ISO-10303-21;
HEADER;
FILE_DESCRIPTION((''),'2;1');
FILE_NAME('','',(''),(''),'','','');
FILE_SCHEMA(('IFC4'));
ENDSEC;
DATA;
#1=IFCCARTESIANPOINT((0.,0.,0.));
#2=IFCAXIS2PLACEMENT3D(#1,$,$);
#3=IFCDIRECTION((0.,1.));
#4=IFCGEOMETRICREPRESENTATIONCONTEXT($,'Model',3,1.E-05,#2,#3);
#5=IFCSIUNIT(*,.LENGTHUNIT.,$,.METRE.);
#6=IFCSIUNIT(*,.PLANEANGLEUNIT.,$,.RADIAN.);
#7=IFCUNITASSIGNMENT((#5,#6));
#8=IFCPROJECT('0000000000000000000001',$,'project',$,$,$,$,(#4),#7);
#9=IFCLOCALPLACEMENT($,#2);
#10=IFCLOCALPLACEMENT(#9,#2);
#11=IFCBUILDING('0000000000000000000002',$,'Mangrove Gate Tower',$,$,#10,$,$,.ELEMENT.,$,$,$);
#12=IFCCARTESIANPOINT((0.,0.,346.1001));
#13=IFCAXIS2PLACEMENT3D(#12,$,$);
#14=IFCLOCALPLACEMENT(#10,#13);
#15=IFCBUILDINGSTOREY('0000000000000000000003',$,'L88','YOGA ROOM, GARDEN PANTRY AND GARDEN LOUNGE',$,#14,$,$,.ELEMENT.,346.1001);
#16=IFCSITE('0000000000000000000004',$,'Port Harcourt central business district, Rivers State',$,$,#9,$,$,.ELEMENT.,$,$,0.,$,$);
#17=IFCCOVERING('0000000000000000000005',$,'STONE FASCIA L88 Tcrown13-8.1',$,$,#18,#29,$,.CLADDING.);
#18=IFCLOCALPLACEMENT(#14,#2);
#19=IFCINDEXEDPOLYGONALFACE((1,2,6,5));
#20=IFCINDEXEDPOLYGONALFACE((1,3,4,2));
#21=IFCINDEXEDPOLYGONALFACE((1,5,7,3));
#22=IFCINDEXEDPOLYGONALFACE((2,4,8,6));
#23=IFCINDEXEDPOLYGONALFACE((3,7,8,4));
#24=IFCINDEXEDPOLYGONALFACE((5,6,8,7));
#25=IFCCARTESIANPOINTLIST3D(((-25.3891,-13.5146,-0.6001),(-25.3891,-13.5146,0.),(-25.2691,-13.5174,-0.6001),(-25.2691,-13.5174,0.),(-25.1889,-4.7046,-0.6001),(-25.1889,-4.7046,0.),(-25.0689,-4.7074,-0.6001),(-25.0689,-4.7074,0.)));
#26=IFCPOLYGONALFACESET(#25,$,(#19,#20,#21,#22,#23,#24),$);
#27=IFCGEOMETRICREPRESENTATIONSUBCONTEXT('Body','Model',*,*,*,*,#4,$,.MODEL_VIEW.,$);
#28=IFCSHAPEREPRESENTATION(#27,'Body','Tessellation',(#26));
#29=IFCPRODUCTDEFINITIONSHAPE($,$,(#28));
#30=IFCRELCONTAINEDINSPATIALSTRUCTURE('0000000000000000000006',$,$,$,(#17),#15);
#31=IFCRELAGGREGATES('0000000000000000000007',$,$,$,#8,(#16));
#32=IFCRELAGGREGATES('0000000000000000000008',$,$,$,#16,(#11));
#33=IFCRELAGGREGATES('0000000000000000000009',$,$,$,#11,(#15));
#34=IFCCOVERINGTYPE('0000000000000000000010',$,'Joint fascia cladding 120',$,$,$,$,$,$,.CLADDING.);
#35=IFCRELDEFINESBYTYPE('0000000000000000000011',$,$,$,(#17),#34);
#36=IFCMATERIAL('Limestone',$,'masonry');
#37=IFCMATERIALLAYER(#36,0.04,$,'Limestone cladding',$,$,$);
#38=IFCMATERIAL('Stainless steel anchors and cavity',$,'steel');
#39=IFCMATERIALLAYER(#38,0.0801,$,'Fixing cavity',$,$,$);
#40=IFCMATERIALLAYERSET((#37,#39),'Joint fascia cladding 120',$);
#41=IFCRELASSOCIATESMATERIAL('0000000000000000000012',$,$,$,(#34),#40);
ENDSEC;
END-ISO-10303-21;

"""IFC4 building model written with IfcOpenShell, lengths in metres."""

from ifc_helpers import new_model, si_unit, direction, frame, frame_2d, origin, place, context, subcontext, project, spatial, rectangle, extrude, material, layer, layer_set, type_object, element, save


model = new_model("IFC4")

# Units and contexts
model_context = context("Model", 3, precision=1e-05, world=origin(), true_north=direction((0.0, 1.0)))
body_context = subcontext(model_context, "Body", "Model", "MODEL_VIEW")
ifc_project = project(units=[si_unit("LENGTHUNIT", "METRE"), si_unit("PLANEANGLEUNIT", "RADIAN")], contexts=[model_context])

# Site, building, storey
site_placement = place(None, origin())
site = spatial("IfcSite", under=ifc_project, at=site_placement, Name="Port Harcourt central business district, Rivers State", CompositionType="ELEMENT", RefElevation=0.0)
building_placement = place(site_placement, origin())
building = spatial("IfcBuilding", under=site, at=building_placement, Name="Mangrove Gate Tower", CompositionType="ELEMENT")
storey_placement = place(building_placement, frame((0.0, 0.0, 346.1001)))
storey = spatial("IfcBuildingStorey", under=building, at=storey_placement, Name="L88", Description="YOGA ROOM, GARDEN PANTRY AND GARDEN LOUNGE", CompositionType="ELEMENT", Elevation=346.1001)

# Covering
ifc_material_1 = material(Name="Limestone", Category="masonry")
ifc_layer_1 = layer(ifc_material_1, 0.04, Name="Limestone cladding")
ifc_material_2 = material(Name="Stainless steel anchors and cavity", Category="steel")
ifc_layer_2 = layer(ifc_material_2, 0.0801, Name="Fixing cavity")
ifc_layer_set_1 = layer_set([ifc_layer_1, ifc_layer_2], Name="Joint fascia cladding 120")
covering_type = type_object("IfcCoveringType", Name="Joint fascia cladding 120", PredefinedType="CLADDING", material=ifc_layer_set_1)
covering_placement = place(storey_placement, frame((-25.3291, -13.5161, -0.6001), z_axis=(0.0, 0.0, 1.0), x_axis=(0.022718, 0.999742, 0.0)))
element("IfcCovering", 1, at=covering_placement, inside=storey, type_object=covering_type, Name="STONE FASCIA L88 Tcrown13-8.1", PredefinedType="CLADDING", context=body_context, shape_type="SweptSolid", body=[
    extrude(rectangle(XDim=8.8123, YDim=0.1201, at=frame_2d((4.4062, 0.0))), origin(), (0.0, 0.0, 1.0), 0.6001),
])

save(model, "model.ifc")
